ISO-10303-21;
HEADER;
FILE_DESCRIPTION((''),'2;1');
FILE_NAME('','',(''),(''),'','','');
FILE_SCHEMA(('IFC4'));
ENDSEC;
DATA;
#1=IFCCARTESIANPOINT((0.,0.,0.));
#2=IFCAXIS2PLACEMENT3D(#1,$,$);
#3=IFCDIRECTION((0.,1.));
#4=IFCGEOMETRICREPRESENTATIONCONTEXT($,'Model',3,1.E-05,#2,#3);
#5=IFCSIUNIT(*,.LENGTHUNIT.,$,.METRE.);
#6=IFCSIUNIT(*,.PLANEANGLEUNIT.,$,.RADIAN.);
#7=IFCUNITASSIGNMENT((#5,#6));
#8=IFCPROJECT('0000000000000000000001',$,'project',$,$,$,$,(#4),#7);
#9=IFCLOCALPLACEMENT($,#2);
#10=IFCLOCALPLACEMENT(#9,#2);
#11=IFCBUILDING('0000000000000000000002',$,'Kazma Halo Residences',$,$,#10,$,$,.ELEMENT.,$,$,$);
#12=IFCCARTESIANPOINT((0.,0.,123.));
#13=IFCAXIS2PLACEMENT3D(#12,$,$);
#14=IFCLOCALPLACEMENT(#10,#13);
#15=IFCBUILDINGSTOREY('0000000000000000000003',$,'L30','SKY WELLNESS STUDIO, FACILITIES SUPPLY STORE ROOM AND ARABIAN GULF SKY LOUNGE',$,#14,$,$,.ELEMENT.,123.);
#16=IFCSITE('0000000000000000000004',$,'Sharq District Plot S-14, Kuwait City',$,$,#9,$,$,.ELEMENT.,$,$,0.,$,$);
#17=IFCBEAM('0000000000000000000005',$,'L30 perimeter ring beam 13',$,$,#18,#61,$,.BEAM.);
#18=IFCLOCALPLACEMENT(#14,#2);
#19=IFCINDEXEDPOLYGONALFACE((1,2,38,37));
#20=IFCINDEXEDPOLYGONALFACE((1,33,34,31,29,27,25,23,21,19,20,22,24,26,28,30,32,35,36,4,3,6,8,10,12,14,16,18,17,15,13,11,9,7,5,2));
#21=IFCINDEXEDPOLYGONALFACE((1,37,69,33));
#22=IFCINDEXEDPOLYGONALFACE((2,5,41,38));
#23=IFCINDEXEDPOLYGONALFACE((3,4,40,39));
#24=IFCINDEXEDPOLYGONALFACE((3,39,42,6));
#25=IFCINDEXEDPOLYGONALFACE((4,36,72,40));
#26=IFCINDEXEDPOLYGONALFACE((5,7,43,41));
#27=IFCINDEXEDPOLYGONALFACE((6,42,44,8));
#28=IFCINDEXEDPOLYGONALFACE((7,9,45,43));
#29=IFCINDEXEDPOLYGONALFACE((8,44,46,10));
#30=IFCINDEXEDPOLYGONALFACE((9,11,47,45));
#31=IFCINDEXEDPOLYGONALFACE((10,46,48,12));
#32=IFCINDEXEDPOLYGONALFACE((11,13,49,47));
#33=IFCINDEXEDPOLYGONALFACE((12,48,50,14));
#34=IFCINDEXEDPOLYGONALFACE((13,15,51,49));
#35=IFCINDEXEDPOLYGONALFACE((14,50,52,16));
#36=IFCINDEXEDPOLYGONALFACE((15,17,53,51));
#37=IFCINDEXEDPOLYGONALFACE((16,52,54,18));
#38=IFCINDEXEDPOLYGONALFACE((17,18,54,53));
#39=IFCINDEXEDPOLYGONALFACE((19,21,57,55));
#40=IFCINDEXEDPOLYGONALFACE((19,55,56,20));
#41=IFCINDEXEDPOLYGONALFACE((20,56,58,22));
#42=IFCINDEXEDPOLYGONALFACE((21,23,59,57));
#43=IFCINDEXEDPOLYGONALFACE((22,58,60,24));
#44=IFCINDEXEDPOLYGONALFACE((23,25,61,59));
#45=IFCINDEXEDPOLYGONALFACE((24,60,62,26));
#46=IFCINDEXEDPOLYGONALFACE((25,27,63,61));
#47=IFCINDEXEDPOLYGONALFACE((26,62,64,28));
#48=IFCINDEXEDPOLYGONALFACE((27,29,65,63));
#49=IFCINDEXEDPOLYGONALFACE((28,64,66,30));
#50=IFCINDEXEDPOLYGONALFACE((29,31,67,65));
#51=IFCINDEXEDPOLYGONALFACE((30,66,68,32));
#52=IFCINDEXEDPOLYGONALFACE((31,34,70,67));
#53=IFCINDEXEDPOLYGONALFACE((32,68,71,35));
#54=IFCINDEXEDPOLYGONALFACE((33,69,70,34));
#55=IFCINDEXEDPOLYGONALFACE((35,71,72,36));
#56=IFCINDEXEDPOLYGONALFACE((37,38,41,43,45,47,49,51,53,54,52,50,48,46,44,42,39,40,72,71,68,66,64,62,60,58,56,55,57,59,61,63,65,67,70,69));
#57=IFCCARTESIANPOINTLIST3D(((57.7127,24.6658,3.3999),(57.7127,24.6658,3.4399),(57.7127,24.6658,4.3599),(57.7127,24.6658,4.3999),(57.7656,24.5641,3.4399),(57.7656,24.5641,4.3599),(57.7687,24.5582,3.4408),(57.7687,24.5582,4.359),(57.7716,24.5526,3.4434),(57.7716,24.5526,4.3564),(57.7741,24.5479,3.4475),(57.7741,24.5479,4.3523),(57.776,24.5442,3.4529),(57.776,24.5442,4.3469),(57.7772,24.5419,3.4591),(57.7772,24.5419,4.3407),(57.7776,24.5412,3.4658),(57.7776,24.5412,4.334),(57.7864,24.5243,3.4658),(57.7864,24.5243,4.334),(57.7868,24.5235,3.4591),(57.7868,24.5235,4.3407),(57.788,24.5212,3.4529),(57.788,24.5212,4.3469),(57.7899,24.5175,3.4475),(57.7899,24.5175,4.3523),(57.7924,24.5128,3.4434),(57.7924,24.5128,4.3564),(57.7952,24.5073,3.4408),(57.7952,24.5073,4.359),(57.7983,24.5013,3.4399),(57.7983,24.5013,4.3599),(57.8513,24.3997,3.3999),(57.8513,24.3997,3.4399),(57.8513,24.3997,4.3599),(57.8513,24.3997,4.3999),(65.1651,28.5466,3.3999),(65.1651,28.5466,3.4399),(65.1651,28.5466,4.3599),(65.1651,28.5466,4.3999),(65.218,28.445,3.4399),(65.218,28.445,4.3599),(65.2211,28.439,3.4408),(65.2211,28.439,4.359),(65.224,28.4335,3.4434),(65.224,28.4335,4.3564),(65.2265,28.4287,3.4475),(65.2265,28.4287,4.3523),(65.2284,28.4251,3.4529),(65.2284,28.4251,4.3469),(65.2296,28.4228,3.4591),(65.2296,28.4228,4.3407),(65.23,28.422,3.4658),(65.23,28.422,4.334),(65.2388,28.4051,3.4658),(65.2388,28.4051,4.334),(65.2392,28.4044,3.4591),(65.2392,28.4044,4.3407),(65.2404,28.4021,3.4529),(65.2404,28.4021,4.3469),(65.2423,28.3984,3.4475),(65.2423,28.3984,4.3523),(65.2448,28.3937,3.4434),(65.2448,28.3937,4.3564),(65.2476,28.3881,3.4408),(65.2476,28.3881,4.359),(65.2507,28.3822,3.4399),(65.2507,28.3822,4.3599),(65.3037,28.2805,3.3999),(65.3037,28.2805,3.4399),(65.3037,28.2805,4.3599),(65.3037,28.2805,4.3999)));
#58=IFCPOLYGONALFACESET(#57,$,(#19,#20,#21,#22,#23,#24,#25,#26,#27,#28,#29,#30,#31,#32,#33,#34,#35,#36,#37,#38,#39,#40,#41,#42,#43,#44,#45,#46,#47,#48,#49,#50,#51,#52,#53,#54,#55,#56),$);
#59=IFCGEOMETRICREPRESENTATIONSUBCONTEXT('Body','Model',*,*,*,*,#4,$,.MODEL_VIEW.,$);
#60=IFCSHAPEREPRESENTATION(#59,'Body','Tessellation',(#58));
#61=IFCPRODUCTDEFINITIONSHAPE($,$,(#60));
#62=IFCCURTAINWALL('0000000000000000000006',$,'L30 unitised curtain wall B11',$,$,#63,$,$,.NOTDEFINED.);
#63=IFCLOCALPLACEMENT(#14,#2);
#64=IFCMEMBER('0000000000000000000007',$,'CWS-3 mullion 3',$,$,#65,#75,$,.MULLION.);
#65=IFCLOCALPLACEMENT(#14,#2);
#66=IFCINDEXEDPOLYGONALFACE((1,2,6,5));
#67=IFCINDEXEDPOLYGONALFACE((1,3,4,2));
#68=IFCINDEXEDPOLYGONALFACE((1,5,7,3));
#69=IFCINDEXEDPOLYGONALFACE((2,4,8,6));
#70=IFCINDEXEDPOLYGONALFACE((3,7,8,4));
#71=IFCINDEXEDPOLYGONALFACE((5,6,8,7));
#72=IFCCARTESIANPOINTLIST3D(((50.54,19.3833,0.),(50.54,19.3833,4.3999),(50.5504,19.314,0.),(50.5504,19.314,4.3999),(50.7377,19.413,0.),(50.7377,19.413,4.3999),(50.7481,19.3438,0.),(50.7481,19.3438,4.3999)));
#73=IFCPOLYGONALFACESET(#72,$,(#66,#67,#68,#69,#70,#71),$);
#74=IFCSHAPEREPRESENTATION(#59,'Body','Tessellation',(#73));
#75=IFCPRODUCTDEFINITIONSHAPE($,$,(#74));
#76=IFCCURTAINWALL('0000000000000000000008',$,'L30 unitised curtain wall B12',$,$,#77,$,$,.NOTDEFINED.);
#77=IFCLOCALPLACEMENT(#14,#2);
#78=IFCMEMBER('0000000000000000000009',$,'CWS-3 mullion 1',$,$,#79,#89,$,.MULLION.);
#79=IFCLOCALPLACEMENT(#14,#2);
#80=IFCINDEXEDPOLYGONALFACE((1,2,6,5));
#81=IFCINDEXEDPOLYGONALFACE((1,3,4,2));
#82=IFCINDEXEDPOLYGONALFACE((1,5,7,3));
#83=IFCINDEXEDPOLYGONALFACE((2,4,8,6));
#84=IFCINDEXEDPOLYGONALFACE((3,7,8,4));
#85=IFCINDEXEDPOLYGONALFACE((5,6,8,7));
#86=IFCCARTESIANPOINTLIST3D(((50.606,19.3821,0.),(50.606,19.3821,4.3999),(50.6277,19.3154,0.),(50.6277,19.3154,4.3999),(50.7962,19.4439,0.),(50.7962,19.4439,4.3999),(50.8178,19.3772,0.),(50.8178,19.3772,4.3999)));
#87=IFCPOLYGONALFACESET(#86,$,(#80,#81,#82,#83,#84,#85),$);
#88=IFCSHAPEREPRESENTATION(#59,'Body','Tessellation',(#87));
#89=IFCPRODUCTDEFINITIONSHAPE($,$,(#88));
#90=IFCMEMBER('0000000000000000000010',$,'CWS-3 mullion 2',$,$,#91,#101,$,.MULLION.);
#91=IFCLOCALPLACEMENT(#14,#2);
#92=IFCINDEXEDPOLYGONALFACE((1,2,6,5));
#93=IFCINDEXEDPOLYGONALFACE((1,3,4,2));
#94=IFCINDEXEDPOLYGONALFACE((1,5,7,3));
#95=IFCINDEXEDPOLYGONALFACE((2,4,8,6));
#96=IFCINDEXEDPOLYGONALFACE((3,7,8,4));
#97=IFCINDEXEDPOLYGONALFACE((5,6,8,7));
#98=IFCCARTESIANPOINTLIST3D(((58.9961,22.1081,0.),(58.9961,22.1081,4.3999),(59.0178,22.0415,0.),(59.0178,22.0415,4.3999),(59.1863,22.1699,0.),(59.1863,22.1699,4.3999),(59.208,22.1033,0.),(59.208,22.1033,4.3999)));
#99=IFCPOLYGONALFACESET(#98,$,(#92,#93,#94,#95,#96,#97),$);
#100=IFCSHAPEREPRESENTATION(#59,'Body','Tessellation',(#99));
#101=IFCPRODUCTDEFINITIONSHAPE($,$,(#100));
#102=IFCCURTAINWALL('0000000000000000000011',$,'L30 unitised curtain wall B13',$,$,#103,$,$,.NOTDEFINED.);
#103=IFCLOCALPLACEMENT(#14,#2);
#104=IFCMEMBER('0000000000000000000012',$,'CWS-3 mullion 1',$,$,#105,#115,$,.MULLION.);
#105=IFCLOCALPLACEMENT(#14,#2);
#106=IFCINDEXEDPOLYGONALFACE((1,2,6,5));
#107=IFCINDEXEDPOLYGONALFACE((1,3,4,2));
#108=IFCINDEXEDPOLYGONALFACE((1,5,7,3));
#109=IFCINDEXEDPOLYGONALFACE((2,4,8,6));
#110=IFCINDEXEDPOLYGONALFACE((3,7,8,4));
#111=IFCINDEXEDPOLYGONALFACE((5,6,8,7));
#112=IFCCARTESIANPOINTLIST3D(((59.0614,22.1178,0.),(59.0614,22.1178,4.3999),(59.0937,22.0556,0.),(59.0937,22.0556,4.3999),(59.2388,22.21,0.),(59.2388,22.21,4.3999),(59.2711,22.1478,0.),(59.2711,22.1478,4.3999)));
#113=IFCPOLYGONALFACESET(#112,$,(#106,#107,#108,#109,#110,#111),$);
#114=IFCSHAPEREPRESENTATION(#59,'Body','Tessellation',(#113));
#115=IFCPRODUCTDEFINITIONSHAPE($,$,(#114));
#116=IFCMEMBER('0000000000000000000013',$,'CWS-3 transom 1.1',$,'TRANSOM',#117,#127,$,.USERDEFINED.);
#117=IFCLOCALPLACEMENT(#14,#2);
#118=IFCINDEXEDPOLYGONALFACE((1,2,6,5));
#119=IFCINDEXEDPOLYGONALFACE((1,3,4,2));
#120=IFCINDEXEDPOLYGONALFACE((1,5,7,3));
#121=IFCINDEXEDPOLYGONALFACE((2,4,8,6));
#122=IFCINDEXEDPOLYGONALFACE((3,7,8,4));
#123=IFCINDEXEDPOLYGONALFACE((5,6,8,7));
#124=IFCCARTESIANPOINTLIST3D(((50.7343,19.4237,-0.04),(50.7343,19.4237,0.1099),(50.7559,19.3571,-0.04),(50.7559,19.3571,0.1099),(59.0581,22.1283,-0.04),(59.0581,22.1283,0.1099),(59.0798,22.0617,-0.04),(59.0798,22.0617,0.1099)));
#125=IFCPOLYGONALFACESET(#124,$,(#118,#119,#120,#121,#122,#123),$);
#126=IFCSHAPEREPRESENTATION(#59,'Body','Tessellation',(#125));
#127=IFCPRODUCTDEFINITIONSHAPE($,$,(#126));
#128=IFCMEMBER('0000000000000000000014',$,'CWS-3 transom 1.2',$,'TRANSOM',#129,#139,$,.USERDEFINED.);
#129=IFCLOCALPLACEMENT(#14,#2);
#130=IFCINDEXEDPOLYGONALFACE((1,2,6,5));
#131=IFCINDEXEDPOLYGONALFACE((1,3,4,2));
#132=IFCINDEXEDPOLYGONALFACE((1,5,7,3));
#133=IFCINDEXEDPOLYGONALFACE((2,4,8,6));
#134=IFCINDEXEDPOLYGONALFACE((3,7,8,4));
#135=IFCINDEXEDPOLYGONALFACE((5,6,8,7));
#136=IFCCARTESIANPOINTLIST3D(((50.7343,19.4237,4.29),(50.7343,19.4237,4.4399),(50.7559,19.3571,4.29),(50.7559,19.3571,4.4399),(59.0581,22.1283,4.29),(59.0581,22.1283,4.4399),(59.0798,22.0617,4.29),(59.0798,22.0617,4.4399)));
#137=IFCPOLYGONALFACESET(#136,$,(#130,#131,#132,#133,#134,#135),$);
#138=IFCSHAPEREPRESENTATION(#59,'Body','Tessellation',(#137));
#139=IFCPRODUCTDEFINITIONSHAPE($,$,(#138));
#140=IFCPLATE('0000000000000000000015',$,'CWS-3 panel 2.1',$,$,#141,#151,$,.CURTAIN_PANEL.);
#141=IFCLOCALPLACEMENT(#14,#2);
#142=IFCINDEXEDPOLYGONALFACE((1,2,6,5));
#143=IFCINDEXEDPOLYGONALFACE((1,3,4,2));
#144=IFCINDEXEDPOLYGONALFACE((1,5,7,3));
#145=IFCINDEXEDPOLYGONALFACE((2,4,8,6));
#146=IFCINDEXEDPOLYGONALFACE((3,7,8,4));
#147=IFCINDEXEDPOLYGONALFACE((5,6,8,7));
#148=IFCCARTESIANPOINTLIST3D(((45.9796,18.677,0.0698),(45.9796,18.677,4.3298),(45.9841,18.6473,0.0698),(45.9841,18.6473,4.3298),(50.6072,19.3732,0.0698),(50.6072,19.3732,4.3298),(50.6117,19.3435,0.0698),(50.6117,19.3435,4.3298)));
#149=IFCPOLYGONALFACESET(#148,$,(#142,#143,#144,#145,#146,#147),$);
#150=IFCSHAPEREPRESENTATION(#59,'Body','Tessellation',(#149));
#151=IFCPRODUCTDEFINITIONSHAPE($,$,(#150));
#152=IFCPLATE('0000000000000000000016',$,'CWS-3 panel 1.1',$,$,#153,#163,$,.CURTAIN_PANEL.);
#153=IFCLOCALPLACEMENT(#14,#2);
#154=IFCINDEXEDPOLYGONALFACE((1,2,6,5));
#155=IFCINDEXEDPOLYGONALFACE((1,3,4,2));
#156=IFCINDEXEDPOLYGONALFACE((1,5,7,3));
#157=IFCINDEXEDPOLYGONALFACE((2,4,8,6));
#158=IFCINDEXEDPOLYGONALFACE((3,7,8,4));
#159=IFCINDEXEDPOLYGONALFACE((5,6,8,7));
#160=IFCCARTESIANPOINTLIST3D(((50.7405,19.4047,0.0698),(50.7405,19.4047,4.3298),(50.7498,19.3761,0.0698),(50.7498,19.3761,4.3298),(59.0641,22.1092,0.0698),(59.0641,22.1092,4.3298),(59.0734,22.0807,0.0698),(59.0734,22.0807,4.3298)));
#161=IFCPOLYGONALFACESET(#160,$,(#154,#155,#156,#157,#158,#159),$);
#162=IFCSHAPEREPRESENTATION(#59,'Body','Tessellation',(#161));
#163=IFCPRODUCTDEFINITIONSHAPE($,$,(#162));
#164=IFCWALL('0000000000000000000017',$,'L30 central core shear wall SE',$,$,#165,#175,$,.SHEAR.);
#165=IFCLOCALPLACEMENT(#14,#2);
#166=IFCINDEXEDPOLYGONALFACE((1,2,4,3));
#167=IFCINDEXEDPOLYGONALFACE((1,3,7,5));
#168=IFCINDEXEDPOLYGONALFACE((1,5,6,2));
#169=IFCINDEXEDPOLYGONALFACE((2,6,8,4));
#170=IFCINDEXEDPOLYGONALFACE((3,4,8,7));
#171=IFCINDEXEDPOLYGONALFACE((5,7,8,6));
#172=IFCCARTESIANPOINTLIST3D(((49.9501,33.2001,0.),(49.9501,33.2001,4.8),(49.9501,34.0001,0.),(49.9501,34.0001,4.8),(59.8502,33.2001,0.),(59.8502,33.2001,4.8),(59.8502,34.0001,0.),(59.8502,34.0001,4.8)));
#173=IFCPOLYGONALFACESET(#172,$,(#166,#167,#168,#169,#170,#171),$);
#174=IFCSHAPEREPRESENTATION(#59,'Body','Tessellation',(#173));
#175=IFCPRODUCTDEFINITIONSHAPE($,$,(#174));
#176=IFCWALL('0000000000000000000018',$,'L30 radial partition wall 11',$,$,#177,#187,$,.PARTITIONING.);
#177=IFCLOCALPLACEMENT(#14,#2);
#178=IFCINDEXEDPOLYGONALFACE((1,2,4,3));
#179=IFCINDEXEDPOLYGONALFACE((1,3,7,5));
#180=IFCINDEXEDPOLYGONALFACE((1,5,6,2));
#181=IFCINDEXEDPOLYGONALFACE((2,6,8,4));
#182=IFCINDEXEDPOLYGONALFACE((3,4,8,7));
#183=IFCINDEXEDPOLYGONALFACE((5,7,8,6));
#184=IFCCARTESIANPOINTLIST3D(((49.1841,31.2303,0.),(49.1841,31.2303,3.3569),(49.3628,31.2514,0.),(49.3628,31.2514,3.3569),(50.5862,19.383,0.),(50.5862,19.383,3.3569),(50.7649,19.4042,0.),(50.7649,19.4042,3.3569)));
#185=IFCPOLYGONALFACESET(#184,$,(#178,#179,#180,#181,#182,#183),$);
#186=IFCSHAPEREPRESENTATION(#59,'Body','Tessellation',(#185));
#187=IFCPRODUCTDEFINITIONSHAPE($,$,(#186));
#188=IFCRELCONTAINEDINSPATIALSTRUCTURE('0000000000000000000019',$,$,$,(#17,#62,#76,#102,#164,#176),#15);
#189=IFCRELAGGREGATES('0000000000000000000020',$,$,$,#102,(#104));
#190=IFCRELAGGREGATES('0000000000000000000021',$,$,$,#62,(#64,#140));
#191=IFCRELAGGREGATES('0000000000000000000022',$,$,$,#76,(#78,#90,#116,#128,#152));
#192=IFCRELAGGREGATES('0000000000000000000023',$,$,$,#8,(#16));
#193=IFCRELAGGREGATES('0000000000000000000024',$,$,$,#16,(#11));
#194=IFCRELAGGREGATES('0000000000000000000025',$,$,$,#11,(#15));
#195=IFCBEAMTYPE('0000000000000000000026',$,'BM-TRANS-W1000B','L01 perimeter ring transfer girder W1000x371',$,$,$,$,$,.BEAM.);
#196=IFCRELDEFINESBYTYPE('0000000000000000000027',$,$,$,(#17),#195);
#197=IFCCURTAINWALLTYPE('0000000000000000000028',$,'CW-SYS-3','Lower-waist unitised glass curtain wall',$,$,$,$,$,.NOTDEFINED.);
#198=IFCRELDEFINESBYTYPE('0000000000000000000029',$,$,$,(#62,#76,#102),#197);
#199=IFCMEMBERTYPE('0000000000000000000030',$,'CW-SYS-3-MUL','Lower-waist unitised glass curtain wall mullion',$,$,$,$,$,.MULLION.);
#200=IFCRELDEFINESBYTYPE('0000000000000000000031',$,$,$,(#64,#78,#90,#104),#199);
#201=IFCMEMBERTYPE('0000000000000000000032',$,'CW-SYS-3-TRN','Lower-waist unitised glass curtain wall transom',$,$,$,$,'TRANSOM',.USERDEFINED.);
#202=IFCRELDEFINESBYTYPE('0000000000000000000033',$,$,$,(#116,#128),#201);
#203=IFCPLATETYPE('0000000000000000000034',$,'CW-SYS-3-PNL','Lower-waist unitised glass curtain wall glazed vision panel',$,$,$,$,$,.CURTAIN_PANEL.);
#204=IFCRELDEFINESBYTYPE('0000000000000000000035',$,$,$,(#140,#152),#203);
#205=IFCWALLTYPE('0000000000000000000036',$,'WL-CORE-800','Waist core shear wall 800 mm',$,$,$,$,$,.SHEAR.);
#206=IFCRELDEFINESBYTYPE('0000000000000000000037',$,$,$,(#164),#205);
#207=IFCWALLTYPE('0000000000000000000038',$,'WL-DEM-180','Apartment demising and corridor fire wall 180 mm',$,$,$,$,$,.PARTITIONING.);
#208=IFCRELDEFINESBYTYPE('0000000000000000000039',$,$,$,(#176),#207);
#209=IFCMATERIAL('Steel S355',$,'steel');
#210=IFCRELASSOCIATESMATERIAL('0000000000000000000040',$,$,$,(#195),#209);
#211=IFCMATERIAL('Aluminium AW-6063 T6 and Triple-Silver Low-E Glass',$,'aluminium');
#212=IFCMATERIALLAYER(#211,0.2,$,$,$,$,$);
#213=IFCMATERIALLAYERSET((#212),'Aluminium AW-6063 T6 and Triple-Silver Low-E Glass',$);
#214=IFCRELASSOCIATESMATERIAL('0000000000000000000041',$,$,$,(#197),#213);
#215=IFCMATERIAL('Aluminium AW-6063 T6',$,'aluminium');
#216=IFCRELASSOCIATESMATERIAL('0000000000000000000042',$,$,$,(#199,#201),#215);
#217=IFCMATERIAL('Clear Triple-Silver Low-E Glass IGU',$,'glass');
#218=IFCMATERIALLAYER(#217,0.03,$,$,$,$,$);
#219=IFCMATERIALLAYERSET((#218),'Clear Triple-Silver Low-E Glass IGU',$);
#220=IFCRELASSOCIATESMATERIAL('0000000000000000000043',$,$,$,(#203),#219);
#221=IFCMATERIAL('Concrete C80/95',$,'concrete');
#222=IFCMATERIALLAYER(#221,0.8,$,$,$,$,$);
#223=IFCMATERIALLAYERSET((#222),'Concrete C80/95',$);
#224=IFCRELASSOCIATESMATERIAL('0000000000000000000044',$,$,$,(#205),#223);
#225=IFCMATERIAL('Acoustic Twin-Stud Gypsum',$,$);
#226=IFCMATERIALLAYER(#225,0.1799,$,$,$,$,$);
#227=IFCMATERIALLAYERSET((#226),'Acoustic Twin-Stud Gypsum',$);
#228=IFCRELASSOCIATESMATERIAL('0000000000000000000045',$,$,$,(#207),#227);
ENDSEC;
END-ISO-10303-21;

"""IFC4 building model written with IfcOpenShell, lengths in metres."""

from ifc_helpers import new_model, si_unit, direction, frame, frame_2d, origin, origin_2d, place, context, subcontext, project, spatial, rectangle, i_section, extrude, material, layer, layer_set, material_profile, profile_set, type_object, element, aggregate, save


model = new_model("IFC4")

# Units and contexts
model_context = context("Model", 3, precision=1e-05, world=origin(), true_north=direction((0.0, 1.0)))
body_context = subcontext(model_context, "Body", "Model", "MODEL_VIEW")
ifc_project = project(units=[si_unit("LENGTHUNIT", "METRE"), si_unit("PLANEANGLEUNIT", "RADIAN")], contexts=[model_context])

# Site, building, storey
site_placement = place(None, origin())
site = spatial("IfcSite", under=ifc_project, at=site_placement, Name="Sharq District Plot S-14, Kuwait City", CompositionType="ELEMENT", RefElevation=0.0)
building_placement = place(site_placement, origin())
building = spatial("IfcBuilding", under=site, at=building_placement, Name="Kazma Halo Residences", CompositionType="ELEMENT")
storey_placement = place(building_placement, frame((0.0, 0.0, 123.0)))
storey = spatial("IfcBuildingStorey", under=building, at=storey_placement, Name="L30", Description="SKY WELLNESS STUDIO, FACILITIES SUPPLY STORE ROOM AND ARABIAN GULF SKY LOUNGE", CompositionType="ELEMENT", Elevation=123.0)

# Shared definitions
ifc_material_1 = material(Name="Concrete C80/95", Category="concrete")

# Beam
ifc_material_2 = material(Name="Steel S355", Category="steel")
ifc_material_profile_1 = material_profile(ifc_material_2, i_section(OverallWidth=0.3, OverallDepth=1.0, WebThickness=0.019, FlangeThickness=0.04, FilletRadius=0.0259, at=origin_2d()), Name="W1000x371")
ifc_profile_set_1 = profile_set([ifc_material_profile_1], Name="Steel S355")
beam_type_1 = type_object("IfcBeamType", Name="BM-TRANS-W1000B", Description="L01 perimeter ring transfer girder W1000x371", PredefinedType="BEAM", material=ifc_profile_set_1)
beam_1_placement = place(storey_placement, frame((57.782, 24.5327, 3.8999), z_axis=(0.886943, 0.461879, 0.0), x_axis=(-0.461879, 0.886943, 0.0)))
element("IfcBeam", 1, at=beam_1_placement, inside=storey, type_object=beam_type_1, Name="L30 perimeter ring beam 13", PredefinedType="BEAM", context=body_context, shape_type="SweptSolid", body=[
    extrude(i_section(OverallWidth=0.3, OverallDepth=1.0, WebThickness=0.019, FlangeThickness=0.04, FilletRadius=0.0259, at=origin_2d()), origin(), (0.0, 0.0, 1.0), 8.4023),
])

# Curtain wall, member
ifc_material_3 = material(Name="Aluminium AW-6063 T6 and Triple-Silver Low-E Glass", Category="aluminium")
ifc_layer_1 = layer(ifc_material_3, 0.2)
ifc_layer_set_1 = layer_set([ifc_layer_1], Name="Aluminium AW-6063 T6 and Triple-Silver Low-E Glass")
curtain_wall_type = type_object("IfcCurtainWallType", Name="CW-SYS-3", Description="Lower-waist unitised glass curtain wall", PredefinedType="NOTDEFINED", material=ifc_layer_set_1)
curtain_wall_1_placement = place(storey_placement, origin())
curtain_wall_1 = element("IfcCurtainWall", 2, at=curtain_wall_1_placement, inside=storey, type_object=curtain_wall_type, Name="L30 unitised curtain wall B11", PredefinedType="NOTDEFINED")
ifc_material_4 = material(Name="Aluminium AW-6063 T6", Category="aluminium")
ifc_material_profile_2 = material_profile(ifc_material_4, rectangle(XDim=0.0701, YDim=0.2, at=origin_2d()), Name="CWM-70x200")
ifc_profile_set_2 = profile_set([ifc_material_profile_2], Name="Aluminium AW-6063 T6")
member_type_1 = type_object("IfcMemberType", Name="CW-SYS-3-MUL", Description="Lower-waist unitised glass curtain wall mullion", PredefinedType="MULLION", material=ifc_profile_set_2)
member_1_placement = place(storey_placement, frame((50.644, 19.3635, 0.0), z_axis=(0.0, 0.0, 1.0), x_axis=(-0.148768, 0.988872, 0.0)))
member_1 = element("IfcMember", 3, at=member_1_placement, type_object=member_type_1, Name="CWS-3 mullion 3", PredefinedType="MULLION", context=body_context, shape_type="SweptSolid", body=[
    extrude(rectangle(XDim=0.0701, YDim=0.2, at=origin_2d()), origin(), (0.0, 0.0, 1.0), 4.3999),
])

# Curtain wall, members
curtain_wall_2_placement = place(storey_placement, origin())
curtain_wall_2 = element("IfcCurtainWall", 4, at=curtain_wall_2_placement, inside=storey, type_object=curtain_wall_type, Name="L30 unitised curtain wall B12", PredefinedType="NOTDEFINED")
member_2_placement = place(storey_placement, frame((50.7119, 19.3796, 0.0), z_axis=(0.0, 0.0, 1.0), x_axis=(-0.309022, 0.951055, 0.0)))
member_2 = element("IfcMember", 5, at=member_2_placement, type_object=member_type_1, Name="CWS-3 mullion 1", PredefinedType="MULLION", context=body_context, shape_type="SweptSolid", body=[
    extrude(rectangle(XDim=0.0701, YDim=0.2, at=origin_2d()), origin(), (0.0, 0.0, 1.0), 4.3999),
])
member_3_placement = place(storey_placement, frame((59.1021, 22.1057, 0.0), z_axis=(0.0, 0.0, 1.0), x_axis=(-0.309022, 0.951055, 0.0)))
member_3 = element("IfcMember", 6, at=member_3_placement, type_object=member_type_1, Name="CWS-3 mullion 2", PredefinedType="MULLION", context=body_context, shape_type="SweptSolid", body=[
    extrude(rectangle(XDim=0.0701, YDim=0.2, at=origin_2d()), origin(), (0.0, 0.0, 1.0), 4.3999),
])

# Curtain wall, member
curtain_wall_3_placement = place(storey_placement, origin())
curtain_wall_3 = element("IfcCurtainWall", 7, at=curtain_wall_3_placement, inside=storey, type_object=curtain_wall_type, Name="L30 unitised curtain wall B13", PredefinedType="NOTDEFINED")
member_4_placement = place(storey_placement, frame((59.1663, 22.1328, 0.0), z_axis=(0.0, 0.0, 1.0), x_axis=(-0.460884, 0.88746, 0.0)))
member_4 = element("IfcMember", 8, at=member_4_placement, type_object=member_type_1, Name="CWS-3 mullion 1", PredefinedType="MULLION", context=body_context, shape_type="SweptSolid", body=[
    extrude(rectangle(XDim=0.0701, YDim=0.2, at=origin_2d()), origin(), (0.0, 0.0, 1.0), 4.3999),
])
aggregate(curtain_wall_3, [member_4])

# Members
ifc_material_profile_3 = material_profile(ifc_material_4, rectangle(XDim=0.0701, YDim=0.1499, at=origin_2d()), Name="CWT-70x150")
ifc_profile_set_3 = profile_set([ifc_material_profile_3], Name="Aluminium AW-6063 T6")
member_type_2 = type_object("IfcMemberType", Name="CW-SYS-3-TRN", Description="Lower-waist unitised glass curtain wall transom", ElementType="TRANSOM", PredefinedType="USERDEFINED", material=ifc_profile_set_3)
member_5_placement = place(storey_placement, frame((50.7451, 19.3904, 0.0349), z_axis=(0.951055, 0.309022, 0.0), x_axis=(-0.309022, 0.951055, 0.0)))
member_5 = element("IfcMember", 9, at=member_5_placement, type_object=member_type_2, Name="CWS-3 transom 1.1", ObjectType="TRANSOM", PredefinedType="USERDEFINED", context=body_context, shape_type="SweptSolid", body=[
    extrude(rectangle(XDim=0.0701, YDim=0.1499, at=origin_2d()), origin(), (0.0, 0.0, 1.0), 8.7522),
])
member_6_placement = place(storey_placement, frame((50.7451, 19.3904, 4.365), z_axis=(0.951055, 0.309022, 0.0), x_axis=(-0.309022, 0.951055, 0.0)))
member_6 = element("IfcMember", 10, at=member_6_placement, type_object=member_type_2, Name="CWS-3 transom 1.2", ObjectType="TRANSOM", PredefinedType="USERDEFINED", context=body_context, shape_type="SweptSolid", body=[
    extrude(rectangle(XDim=0.0701, YDim=0.1499, at=origin_2d()), origin(), (0.0, 0.0, 1.0), 8.7522),
])

# Plates
ifc_material_5 = material(Name="Clear Triple-Silver Low-E Glass IGU", Category="glass")
ifc_layer_2 = layer(ifc_material_5, 0.03)
ifc_layer_set_2 = layer_set([ifc_layer_2], Name="Clear Triple-Silver Low-E Glass IGU")
plate_type = type_object("IfcPlateType", Name="CW-SYS-3-PNL", Description="Lower-waist unitised glass curtain wall glazed vision panel", PredefinedType="CURTAIN_PANEL", material=ifc_layer_set_2)
plate_1_placement = place(storey_placement, frame((48.2957, 19.0103, 0.0698), z_axis=(0.0, 0.0, 1.0), x_axis=(0.988872, 0.148768, 0.0)))
plate_1 = element("IfcPlate", 11, at=plate_1_placement, type_object=plate_type, Name="CWS-3 panel 2.1", PredefinedType="CURTAIN_PANEL", context=body_context, shape_type="SweptSolid", body=[
    extrude(rectangle(XDim=4.6797, YDim=0.03, at=origin_2d()), origin(), (0.0, 0.0, 1.0), 4.26),
])
aggregate(curtain_wall_1, [member_1, plate_1])
plate_2_placement = place(storey_placement, frame((54.907, 20.7427, 0.0698), z_axis=(0.0, 0.0, 1.0), x_axis=(0.951055, 0.309022, 0.0)))
plate_2 = element("IfcPlate", 12, at=plate_2_placement, type_object=plate_type, Name="CWS-3 panel 1.1", PredefinedType="CURTAIN_PANEL", context=body_context, shape_type="SweptSolid", body=[
    extrude(rectangle(XDim=8.752, YDim=0.03, at=origin_2d()), origin(), (0.0, 0.0, 1.0), 4.26),
])
aggregate(curtain_wall_2, [member_2, member_3, member_5, member_6, plate_2])

# Walls
ifc_layer_3 = layer(ifc_material_1, 0.8)
ifc_layer_set_3 = layer_set([ifc_layer_3], Name="Concrete C80/95")
wall_type_1 = type_object("IfcWallType", Name="WL-CORE-800", Description="Waist core shear wall 800 mm", PredefinedType="SHEAR", material=ifc_layer_set_3)
wall_1_placement = place(storey_placement, frame((49.95, 33.6001, 0.0), z_axis=(0.0, 0.0, 1.0), x_axis=(1.0, 0.0, 0.0)))
element("IfcWall", 13, at=wall_1_placement, inside=storey, type_object=wall_type_1, Name="L30 central core shear wall SE", PredefinedType="SHEAR", context=body_context, shape_type="SweptSolid", body=[
    extrude(rectangle(XDim=9.9001, YDim=0.8, at=frame_2d((4.9502, 0.0))), origin(), (0.0, 0.0, 1.0), 4.8),
])
ifc_material_6 = material(Name="Acoustic Twin-Stud Gypsum")
ifc_layer_4 = layer(ifc_material_6, 0.1799)
ifc_layer_set_4 = layer_set([ifc_layer_4], Name="Acoustic Twin-Stud Gypsum")
wall_type_2 = type_object("IfcWallType", Name="WL-DEM-180", Description="Apartment demising and corridor fire wall 180 mm", PredefinedType="PARTITIONING", material=ifc_layer_set_4)
wall_2_placement = place(storey_placement, frame((49.2734, 31.2407, 0.0), z_axis=(0.0, 0.0, 1.0), x_axis=(0.117529, -0.993069, 0.0)))
element("IfcWall", 14, at=wall_2_placement, inside=storey, type_object=wall_type_2, Name="L30 radial partition wall 11", PredefinedType="PARTITIONING", context=body_context, shape_type="SweptSolid", body=[
    extrude(rectangle(XDim=11.9299, YDim=0.1799, at=frame_2d((5.9648, 0.0))), origin(), (0.0, 0.0, 1.0), 3.3569),
])

save(model, "model.ifc")
